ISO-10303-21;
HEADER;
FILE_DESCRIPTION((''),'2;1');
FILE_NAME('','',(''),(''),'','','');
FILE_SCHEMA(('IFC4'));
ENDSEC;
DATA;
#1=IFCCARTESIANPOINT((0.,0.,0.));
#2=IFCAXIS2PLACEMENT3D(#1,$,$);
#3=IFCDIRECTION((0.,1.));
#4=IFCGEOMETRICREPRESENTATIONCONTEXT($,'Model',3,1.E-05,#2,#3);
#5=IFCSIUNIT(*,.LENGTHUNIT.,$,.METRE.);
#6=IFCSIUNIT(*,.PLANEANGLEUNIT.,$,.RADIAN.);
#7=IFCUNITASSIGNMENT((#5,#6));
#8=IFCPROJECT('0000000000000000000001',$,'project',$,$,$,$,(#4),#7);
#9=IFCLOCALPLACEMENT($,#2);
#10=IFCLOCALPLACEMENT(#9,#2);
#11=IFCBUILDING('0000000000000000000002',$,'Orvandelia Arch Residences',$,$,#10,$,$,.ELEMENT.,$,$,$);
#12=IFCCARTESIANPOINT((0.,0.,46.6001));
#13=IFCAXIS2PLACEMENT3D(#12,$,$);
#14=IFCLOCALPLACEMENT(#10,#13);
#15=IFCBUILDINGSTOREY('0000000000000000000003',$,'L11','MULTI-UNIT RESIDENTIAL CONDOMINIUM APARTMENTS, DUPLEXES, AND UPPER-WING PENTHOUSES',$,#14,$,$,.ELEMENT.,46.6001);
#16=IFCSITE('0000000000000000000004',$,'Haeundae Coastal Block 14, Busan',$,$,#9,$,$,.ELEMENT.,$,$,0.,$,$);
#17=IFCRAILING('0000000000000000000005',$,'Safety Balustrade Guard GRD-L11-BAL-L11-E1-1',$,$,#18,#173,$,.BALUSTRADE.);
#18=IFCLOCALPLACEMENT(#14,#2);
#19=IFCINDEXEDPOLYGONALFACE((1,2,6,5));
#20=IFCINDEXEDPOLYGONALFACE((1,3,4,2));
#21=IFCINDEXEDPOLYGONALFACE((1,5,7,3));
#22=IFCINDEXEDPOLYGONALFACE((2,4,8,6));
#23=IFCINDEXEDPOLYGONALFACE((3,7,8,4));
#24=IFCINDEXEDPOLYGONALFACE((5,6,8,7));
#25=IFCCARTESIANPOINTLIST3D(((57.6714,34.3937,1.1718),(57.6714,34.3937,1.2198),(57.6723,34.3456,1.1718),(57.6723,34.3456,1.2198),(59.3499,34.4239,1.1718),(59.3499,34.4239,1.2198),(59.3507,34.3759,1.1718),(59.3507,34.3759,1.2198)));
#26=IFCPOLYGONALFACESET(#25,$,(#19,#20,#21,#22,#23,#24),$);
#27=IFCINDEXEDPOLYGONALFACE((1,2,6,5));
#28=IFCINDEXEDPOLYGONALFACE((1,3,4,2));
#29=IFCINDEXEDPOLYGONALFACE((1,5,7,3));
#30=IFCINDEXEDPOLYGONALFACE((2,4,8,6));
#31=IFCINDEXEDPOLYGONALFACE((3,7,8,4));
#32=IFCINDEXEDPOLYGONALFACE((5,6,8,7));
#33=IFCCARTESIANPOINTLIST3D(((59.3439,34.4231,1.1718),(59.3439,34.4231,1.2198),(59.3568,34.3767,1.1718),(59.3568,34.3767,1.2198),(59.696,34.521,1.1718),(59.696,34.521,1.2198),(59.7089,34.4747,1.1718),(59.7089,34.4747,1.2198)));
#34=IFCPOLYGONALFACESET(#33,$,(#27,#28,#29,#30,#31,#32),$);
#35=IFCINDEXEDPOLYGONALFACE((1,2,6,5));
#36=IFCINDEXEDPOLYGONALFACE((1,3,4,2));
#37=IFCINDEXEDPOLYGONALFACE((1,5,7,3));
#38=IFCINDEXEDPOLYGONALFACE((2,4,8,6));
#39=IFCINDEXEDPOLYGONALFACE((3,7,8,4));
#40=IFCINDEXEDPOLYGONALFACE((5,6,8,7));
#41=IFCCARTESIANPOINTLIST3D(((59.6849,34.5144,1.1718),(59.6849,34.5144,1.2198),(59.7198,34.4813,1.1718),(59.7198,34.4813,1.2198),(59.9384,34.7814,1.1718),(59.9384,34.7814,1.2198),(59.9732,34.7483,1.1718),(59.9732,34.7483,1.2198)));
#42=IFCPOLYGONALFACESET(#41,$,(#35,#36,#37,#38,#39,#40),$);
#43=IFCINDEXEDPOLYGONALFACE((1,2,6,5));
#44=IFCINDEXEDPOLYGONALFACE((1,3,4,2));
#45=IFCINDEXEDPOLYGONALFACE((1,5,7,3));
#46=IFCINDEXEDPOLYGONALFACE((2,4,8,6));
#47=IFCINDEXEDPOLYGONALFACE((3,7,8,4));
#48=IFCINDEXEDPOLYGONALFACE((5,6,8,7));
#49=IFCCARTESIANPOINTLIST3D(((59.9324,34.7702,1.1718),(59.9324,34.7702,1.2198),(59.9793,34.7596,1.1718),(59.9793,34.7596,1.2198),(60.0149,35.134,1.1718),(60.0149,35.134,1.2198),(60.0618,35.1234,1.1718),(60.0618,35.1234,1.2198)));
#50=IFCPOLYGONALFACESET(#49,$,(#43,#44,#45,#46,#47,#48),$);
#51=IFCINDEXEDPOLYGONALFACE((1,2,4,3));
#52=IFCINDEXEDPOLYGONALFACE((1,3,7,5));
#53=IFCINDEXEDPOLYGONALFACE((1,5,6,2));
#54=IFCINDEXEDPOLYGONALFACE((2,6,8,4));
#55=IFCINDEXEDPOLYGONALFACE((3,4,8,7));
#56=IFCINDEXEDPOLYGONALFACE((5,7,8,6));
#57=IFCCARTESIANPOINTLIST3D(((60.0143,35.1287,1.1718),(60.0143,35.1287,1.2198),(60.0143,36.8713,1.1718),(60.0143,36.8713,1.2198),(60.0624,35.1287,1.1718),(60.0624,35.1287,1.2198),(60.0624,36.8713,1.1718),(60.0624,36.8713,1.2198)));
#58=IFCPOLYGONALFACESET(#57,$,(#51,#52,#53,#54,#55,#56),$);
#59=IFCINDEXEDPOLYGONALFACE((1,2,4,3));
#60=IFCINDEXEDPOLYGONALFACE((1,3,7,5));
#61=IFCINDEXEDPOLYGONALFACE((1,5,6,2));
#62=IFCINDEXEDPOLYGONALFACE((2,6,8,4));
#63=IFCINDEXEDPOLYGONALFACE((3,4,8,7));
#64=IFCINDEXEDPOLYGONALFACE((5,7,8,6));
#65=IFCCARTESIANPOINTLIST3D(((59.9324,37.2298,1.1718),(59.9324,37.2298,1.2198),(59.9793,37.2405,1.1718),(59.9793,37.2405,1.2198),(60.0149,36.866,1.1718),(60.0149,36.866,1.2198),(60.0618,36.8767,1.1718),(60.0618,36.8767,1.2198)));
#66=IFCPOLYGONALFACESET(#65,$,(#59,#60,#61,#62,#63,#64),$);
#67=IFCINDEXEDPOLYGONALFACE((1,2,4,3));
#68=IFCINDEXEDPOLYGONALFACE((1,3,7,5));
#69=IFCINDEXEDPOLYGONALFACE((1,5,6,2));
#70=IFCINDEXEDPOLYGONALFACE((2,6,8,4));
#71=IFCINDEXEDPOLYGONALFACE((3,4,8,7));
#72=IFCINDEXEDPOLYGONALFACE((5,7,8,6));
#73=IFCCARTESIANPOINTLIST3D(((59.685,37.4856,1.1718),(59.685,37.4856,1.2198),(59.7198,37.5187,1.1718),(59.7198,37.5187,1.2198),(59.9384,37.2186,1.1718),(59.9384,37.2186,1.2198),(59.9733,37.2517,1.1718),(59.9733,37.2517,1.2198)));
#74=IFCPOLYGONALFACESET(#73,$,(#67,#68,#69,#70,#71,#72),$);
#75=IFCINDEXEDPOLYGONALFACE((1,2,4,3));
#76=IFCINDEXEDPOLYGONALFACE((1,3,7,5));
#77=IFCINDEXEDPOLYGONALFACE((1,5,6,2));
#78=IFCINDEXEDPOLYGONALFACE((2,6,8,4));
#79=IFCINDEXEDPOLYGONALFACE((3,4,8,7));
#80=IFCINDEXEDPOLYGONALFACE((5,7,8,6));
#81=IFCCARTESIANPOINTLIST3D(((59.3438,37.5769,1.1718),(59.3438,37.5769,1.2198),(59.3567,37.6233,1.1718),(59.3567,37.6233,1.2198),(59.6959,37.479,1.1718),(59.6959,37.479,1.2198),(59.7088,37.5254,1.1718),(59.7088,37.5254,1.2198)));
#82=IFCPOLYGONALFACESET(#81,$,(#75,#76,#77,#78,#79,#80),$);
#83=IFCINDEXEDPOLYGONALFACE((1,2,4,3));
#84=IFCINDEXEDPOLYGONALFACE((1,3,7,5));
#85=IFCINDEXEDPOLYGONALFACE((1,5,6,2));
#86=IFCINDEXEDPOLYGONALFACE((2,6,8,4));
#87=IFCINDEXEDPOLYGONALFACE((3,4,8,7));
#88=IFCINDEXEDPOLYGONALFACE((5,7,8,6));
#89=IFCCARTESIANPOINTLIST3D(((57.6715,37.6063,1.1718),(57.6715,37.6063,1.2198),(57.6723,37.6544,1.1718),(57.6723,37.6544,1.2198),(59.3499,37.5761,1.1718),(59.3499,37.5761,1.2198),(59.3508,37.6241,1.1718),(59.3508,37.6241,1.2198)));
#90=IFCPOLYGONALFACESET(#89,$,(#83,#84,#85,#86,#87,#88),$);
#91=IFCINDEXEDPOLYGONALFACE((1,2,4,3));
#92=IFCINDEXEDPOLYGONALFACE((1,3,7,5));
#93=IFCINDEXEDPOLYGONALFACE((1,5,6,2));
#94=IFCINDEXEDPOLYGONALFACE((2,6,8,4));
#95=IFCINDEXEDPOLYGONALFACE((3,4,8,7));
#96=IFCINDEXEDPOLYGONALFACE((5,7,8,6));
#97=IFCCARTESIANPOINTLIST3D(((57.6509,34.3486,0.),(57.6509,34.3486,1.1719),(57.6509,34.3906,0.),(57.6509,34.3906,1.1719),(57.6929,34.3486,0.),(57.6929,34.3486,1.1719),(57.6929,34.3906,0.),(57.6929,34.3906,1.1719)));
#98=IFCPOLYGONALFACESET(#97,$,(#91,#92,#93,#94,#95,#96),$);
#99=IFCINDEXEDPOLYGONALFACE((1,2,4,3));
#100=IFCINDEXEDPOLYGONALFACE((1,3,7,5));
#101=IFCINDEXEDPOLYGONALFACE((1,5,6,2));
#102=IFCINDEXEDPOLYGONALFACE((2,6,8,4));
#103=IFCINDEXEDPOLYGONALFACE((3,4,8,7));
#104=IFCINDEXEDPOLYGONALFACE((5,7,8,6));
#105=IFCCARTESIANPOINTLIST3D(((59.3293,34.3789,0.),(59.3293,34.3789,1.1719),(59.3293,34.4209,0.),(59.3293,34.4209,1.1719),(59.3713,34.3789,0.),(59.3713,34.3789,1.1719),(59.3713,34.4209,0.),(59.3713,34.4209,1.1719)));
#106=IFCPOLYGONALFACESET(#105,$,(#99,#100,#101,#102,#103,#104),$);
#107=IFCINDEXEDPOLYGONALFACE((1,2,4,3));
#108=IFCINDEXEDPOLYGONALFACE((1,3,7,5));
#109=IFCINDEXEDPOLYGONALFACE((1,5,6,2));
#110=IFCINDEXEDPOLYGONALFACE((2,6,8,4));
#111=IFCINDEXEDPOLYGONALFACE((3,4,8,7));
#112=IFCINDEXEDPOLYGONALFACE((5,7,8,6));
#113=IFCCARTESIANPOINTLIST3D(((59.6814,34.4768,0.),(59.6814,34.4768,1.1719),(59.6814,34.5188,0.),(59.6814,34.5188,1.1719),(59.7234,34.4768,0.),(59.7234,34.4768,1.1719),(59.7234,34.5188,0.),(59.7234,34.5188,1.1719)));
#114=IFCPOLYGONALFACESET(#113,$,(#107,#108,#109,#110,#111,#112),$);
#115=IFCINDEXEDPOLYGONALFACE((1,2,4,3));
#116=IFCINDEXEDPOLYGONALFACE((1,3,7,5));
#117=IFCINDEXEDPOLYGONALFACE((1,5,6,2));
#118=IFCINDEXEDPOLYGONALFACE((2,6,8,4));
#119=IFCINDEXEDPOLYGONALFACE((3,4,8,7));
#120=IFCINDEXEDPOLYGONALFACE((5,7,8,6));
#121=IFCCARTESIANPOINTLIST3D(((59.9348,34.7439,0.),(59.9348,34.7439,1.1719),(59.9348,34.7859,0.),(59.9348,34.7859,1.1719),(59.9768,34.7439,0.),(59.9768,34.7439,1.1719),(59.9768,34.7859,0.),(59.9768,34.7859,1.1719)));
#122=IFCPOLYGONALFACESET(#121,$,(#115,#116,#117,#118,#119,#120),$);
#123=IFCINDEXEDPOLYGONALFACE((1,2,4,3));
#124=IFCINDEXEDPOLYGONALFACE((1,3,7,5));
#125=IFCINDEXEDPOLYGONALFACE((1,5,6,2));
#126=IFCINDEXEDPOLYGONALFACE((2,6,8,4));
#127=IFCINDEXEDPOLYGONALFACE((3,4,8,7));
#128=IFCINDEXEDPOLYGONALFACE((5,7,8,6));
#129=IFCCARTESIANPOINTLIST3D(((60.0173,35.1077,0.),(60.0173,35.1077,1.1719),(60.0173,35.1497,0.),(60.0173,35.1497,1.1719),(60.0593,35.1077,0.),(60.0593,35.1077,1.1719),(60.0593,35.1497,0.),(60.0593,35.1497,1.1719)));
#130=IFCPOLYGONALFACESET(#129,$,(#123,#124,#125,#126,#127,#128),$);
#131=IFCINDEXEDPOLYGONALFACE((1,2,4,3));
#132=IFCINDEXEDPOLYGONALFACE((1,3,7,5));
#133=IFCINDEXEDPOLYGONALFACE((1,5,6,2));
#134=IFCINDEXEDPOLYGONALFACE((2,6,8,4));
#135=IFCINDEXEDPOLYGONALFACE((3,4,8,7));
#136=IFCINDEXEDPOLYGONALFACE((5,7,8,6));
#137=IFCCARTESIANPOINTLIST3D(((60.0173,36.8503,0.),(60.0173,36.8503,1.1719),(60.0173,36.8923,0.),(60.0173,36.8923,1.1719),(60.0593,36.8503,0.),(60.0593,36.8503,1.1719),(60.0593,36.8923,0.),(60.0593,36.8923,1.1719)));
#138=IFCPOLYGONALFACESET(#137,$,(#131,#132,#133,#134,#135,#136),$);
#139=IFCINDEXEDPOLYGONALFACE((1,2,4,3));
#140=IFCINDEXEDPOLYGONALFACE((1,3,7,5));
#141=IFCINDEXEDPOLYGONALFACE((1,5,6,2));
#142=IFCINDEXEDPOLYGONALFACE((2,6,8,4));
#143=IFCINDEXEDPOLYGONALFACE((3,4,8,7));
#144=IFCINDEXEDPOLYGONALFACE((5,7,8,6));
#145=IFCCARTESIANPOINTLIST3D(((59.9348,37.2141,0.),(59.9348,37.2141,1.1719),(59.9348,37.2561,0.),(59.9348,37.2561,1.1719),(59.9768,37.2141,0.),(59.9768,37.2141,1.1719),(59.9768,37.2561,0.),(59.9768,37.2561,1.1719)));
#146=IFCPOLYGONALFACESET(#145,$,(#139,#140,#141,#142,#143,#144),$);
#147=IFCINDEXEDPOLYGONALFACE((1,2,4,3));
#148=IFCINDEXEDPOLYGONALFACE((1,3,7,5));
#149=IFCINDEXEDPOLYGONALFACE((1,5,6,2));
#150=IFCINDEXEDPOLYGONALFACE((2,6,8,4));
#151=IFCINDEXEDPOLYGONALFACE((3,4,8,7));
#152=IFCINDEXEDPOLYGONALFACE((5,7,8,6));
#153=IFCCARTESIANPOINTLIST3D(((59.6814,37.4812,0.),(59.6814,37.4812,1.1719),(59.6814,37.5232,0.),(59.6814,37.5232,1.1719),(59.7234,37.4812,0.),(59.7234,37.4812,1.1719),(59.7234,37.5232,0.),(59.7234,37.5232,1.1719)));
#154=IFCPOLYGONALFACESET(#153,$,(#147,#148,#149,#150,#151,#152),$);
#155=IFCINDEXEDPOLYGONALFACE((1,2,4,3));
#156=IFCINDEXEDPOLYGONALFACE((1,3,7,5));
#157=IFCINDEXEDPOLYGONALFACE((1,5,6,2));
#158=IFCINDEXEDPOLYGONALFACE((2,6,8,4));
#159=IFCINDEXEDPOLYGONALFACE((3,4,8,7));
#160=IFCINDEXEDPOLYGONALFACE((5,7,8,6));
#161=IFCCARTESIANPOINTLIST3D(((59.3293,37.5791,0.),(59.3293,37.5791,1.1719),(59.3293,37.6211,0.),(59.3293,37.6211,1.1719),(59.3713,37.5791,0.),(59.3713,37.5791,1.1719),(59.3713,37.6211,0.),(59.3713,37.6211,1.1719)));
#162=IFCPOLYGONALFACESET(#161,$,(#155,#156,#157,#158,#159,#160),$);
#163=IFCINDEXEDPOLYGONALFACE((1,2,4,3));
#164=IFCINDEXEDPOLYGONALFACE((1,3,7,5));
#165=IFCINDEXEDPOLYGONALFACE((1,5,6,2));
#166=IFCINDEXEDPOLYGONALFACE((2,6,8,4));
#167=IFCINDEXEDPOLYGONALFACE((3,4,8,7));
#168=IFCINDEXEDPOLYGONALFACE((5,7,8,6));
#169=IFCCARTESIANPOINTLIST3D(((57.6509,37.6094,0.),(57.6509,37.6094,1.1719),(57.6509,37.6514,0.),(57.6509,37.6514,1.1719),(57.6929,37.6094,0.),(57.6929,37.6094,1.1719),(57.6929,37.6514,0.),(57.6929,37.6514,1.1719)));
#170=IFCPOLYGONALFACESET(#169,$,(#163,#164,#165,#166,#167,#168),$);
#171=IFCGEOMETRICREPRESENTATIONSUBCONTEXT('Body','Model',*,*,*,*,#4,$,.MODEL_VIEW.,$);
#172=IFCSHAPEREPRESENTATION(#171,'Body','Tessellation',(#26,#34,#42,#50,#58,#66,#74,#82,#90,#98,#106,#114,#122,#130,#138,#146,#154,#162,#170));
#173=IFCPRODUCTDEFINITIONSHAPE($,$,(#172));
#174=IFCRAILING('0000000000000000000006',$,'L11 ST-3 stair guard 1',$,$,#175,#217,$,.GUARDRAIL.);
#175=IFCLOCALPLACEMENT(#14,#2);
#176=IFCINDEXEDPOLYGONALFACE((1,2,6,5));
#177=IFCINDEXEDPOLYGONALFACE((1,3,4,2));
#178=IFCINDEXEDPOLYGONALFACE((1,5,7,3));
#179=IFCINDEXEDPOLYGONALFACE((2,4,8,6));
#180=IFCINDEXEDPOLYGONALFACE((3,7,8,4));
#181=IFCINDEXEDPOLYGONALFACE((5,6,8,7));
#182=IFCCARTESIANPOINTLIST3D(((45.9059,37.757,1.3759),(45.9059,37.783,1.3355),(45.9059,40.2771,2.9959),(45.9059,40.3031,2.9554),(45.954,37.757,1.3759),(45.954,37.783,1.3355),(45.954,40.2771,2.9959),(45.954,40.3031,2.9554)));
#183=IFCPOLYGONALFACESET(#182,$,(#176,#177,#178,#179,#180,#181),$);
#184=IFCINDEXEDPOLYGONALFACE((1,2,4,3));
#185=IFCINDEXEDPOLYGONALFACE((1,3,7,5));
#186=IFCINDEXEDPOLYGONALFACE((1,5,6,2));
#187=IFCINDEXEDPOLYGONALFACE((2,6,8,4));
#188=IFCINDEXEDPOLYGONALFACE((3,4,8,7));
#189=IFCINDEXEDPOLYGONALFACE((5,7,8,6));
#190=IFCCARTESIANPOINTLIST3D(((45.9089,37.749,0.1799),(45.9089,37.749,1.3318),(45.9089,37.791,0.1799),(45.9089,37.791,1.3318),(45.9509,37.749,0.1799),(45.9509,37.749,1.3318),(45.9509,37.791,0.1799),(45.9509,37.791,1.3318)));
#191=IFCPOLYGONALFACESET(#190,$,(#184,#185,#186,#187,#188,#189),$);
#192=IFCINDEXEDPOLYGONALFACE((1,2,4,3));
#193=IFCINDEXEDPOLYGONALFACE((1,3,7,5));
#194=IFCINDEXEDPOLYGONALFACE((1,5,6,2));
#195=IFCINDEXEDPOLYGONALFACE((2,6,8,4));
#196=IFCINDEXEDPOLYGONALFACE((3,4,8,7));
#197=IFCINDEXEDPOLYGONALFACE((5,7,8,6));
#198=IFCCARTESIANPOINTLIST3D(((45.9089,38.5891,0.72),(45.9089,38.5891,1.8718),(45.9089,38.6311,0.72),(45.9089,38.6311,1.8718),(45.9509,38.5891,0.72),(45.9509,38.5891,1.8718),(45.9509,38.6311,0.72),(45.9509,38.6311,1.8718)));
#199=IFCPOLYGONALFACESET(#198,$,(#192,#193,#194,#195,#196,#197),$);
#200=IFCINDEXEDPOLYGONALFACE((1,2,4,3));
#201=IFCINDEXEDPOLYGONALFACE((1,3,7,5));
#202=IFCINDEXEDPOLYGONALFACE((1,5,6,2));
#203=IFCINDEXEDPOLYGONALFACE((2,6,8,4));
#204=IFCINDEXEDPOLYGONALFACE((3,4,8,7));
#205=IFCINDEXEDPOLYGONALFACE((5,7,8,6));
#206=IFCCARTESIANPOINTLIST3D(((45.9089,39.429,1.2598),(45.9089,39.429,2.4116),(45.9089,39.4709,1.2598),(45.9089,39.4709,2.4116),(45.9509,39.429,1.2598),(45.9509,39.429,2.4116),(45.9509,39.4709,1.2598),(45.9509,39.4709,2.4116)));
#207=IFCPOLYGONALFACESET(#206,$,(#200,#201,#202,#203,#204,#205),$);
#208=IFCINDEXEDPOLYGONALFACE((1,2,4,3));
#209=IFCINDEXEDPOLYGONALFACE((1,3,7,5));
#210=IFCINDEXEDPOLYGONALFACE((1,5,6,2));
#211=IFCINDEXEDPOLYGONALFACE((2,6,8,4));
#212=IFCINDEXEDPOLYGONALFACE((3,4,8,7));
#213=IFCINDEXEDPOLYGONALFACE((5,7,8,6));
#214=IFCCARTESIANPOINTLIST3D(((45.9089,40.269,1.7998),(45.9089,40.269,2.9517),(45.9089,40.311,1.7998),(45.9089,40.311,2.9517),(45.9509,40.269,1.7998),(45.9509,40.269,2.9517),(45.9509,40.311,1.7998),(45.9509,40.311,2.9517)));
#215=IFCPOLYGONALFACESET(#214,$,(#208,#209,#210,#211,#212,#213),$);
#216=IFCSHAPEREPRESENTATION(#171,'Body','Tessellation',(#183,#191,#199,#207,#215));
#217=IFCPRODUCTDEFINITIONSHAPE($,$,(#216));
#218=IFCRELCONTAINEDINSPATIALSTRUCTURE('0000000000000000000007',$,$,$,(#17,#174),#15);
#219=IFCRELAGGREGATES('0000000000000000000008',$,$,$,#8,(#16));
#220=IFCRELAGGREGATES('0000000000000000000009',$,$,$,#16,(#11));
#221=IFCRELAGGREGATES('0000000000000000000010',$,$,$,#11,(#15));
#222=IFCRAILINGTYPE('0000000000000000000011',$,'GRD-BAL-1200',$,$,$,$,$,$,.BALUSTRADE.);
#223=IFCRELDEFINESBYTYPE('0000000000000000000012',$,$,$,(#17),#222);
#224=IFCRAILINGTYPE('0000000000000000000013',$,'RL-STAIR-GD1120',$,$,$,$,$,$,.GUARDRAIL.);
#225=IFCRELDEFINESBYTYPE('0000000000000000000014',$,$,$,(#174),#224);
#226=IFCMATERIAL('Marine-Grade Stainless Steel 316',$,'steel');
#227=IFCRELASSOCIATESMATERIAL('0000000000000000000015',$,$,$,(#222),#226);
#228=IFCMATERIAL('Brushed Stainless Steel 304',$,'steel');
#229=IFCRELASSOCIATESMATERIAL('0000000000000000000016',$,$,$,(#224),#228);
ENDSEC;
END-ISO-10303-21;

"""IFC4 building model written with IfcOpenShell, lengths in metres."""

from ifc_helpers import new_model, si_unit, direction, frame, origin, origin_2d, place, context, subcontext, project, spatial, rectangle, extrude, material, type_object, element, save


model = new_model("IFC4")

# Units and contexts
model_context = context("Model", 3, precision=1e-05, world=origin(), true_north=direction((0.0, 1.0)))
body_context = subcontext(model_context, "Body", "Model", "MODEL_VIEW")
ifc_project = project(units=[si_unit("LENGTHUNIT", "METRE"), si_unit("PLANEANGLEUNIT", "RADIAN")], contexts=[model_context])

# Site, building, storey
site_placement = place(None, origin())
site = spatial("IfcSite", under=ifc_project, at=site_placement, Name="Haeundae Coastal Block 14, Busan", CompositionType="ELEMENT", RefElevation=0.0)
building_placement = place(site_placement, origin())
building = spatial("IfcBuilding", under=site, at=building_placement, Name="Orvandelia Arch Residences", CompositionType="ELEMENT")
storey_placement = place(building_placement, frame((0.0, 0.0, 46.6001)))
storey = spatial("IfcBuildingStorey", under=building, at=storey_placement, Name="L11", Description="MULTI-UNIT RESIDENTIAL CONDOMINIUM APARTMENTS, DUPLEXES, AND UPPER-WING PENTHOUSES", CompositionType="ELEMENT", Elevation=46.6001)

# Railings
ifc_material_1 = material(Name="Marine-Grade Stainless Steel 316", Category="steel")
railing_type_1 = type_object("IfcRailingType", Name="GRD-BAL-1200", PredefinedType="BALUSTRADE", material=ifc_material_1)
railing_1_placement = place(storey_placement, frame((57.6719, 34.3696, 0.0)))
element("IfcRailing", 1, at=railing_1_placement, inside=storey, type_object=railing_type_1, Name="Safety Balustrade Guard GRD-L11-BAL-L11-E1-1", PredefinedType="BALUSTRADE", context=body_context, shape_type="SweptSolid", body=[
    extrude(rectangle(XDim=0.0481, YDim=0.0481, at=origin_2d()), frame((0.0, 0.0, 1.1958), z_axis=(0.999837, 0.018033, 0.0), x_axis=(-0.018033, 0.999837, 0.0)), (0.0, 0.0, 1.0), 1.6787),
    extrude(rectangle(XDim=0.0481, YDim=0.0481, at=origin_2d()), frame((1.6785, 0.0303, 1.1958), z_axis=(0.963441, 0.26792, 0.0), x_axis=(-0.26792, 0.963441, 0.0)), (0.0, 0.0, 1.0), 0.3655),
    extrude(rectangle(XDim=0.0481, YDim=0.0481, at=origin_2d()), frame((2.0305, 0.1282, 1.1958), z_axis=(0.688296, 0.72543, 0.0), x_axis=(-0.72543, 0.688296, 0.0)), (0.0, 0.0, 1.0), 0.3682),
    extrude(rectangle(XDim=0.0481, YDim=0.0481, at=origin_2d()), frame((2.2839, 0.3953, 1.1958), z_axis=(0.221225, 0.975223, 0.0), x_axis=(-0.975223, 0.221225, 0.0)), (0.0, 0.0, 1.0), 0.373),
    extrude(rectangle(XDim=0.0481, YDim=0.0481, at=origin_2d()), frame((2.3665, 0.759, 1.1958), z_axis=(0.0, 1.0, 0.0), x_axis=(-1.0, 0.0, 0.0)), (0.0, 0.0, 1.0), 1.7427),
    extrude(rectangle(XDim=0.0481, YDim=0.0481, at=origin_2d()), frame((2.3665, 2.5017, 1.1958), z_axis=(-0.221225, 0.975223, 0.0), x_axis=(-0.975223, -0.221225, 0.0)), (0.0, 0.0, 1.0), 0.373),
    extrude(rectangle(XDim=0.0481, YDim=0.0481, at=origin_2d()), frame((2.2839, 2.8655, 1.1958), z_axis=(-0.688296, 0.72543, 0.0), x_axis=(-0.72543, -0.688296, 0.0)), (0.0, 0.0, 1.0), 0.3682),
    extrude(rectangle(XDim=0.0481, YDim=0.0481, at=origin_2d()), frame((2.0305, 3.1326, 1.1958), z_axis=(-0.963441, 0.26792, 0.0), x_axis=(-0.26792, -0.963441, 0.0)), (0.0, 0.0, 1.0), 0.3655),
    extrude(rectangle(XDim=0.0481, YDim=0.0481, at=origin_2d()), frame((1.6785, 3.2305, 1.1958), z_axis=(-0.999837, 0.018033, 0.0), x_axis=(-0.018033, -0.999837, 0.0)), (0.0, 0.0, 1.0), 1.6787),
    extrude(rectangle(XDim=0.042, YDim=0.042, at=origin_2d()), origin(), (0.0, 0.0, 1.0), 1.1719),
    extrude(rectangle(XDim=0.042, YDim=0.042, at=origin_2d()), frame((1.6785, 0.0303, 0.0)), (0.0, 0.0, 1.0), 1.1719),
    extrude(rectangle(XDim=0.042, YDim=0.042, at=origin_2d()), frame((2.0305, 0.1282, 0.0)), (0.0, 0.0, 1.0), 1.1719),
    extrude(rectangle(XDim=0.042, YDim=0.042, at=origin_2d()), frame((2.2839, 0.3953, 0.0)), (0.0, 0.0, 1.0), 1.1719),
    extrude(rectangle(XDim=0.042, YDim=0.042, at=origin_2d()), frame((2.3665, 0.759, 0.0)), (0.0, 0.0, 1.0), 1.1719),
    extrude(rectangle(XDim=0.042, YDim=0.042, at=origin_2d()), frame((2.3665, 2.5017, 0.0)), (0.0, 0.0, 1.0), 1.1719),
    extrude(rectangle(XDim=0.042, YDim=0.042, at=origin_2d()), frame((2.2839, 2.8655, 0.0)), (0.0, 0.0, 1.0), 1.1719),
    extrude(rectangle(XDim=0.042, YDim=0.042, at=origin_2d()), frame((2.0305, 3.1326, 0.0)), (0.0, 0.0, 1.0), 1.1719),
    extrude(rectangle(XDim=0.042, YDim=0.042, at=origin_2d()), frame((1.6785, 3.2305, 0.0)), (0.0, 0.0, 1.0), 1.1719),
    extrude(rectangle(XDim=0.042, YDim=0.042, at=origin_2d()), frame((0.0, 3.2607, 0.0)), (0.0, 0.0, 1.0), 1.1719),
])
ifc_material_2 = material(Name="Brushed Stainless Steel 304", Category="steel")
railing_type_2 = type_object("IfcRailingType", Name="RL-STAIR-GD1120", PredefinedType="GUARDRAIL", material=ifc_material_2)
railing_2_placement = place(storey_placement, frame((45.9299, 37.77, 0.1799)))
element("IfcRailing", 2, at=railing_2_placement, inside=storey, type_object=railing_type_2, Name="L11 ST-3 stair guard 1", PredefinedType="GUARDRAIL", context=body_context, shape_type="SweptSolid", body=[
    extrude(rectangle(XDim=0.0481, YDim=0.0481, at=origin_2d()), frame((0.0, 0.0, 1.1758), z_axis=(0.0, 0.8412, 0.540725), x_axis=(-1.0, 0.0, 0.0)), (0.0, 0.0, 1.0), 2.9958),
    extrude(rectangle(XDim=0.042, YDim=0.042, at=origin_2d()), origin(), (0.0, 0.0, 1.0), 1.1519),
    extrude(rectangle(XDim=0.042, YDim=0.042, at=origin_2d()), frame((0.0, 0.8401, 0.54)), (0.0, 0.0, 1.0), 1.1519),
    extrude(rectangle(XDim=0.042, YDim=0.042, at=origin_2d()), frame((0.0, 1.6799, 1.0798)), (0.0, 0.0, 1.0), 1.1519),
    extrude(rectangle(XDim=0.042, YDim=0.042, at=origin_2d()), frame((0.0, 2.52, 1.6199)), (0.0, 0.0, 1.0), 1.1519),
])

save(model, "model.ifc")
